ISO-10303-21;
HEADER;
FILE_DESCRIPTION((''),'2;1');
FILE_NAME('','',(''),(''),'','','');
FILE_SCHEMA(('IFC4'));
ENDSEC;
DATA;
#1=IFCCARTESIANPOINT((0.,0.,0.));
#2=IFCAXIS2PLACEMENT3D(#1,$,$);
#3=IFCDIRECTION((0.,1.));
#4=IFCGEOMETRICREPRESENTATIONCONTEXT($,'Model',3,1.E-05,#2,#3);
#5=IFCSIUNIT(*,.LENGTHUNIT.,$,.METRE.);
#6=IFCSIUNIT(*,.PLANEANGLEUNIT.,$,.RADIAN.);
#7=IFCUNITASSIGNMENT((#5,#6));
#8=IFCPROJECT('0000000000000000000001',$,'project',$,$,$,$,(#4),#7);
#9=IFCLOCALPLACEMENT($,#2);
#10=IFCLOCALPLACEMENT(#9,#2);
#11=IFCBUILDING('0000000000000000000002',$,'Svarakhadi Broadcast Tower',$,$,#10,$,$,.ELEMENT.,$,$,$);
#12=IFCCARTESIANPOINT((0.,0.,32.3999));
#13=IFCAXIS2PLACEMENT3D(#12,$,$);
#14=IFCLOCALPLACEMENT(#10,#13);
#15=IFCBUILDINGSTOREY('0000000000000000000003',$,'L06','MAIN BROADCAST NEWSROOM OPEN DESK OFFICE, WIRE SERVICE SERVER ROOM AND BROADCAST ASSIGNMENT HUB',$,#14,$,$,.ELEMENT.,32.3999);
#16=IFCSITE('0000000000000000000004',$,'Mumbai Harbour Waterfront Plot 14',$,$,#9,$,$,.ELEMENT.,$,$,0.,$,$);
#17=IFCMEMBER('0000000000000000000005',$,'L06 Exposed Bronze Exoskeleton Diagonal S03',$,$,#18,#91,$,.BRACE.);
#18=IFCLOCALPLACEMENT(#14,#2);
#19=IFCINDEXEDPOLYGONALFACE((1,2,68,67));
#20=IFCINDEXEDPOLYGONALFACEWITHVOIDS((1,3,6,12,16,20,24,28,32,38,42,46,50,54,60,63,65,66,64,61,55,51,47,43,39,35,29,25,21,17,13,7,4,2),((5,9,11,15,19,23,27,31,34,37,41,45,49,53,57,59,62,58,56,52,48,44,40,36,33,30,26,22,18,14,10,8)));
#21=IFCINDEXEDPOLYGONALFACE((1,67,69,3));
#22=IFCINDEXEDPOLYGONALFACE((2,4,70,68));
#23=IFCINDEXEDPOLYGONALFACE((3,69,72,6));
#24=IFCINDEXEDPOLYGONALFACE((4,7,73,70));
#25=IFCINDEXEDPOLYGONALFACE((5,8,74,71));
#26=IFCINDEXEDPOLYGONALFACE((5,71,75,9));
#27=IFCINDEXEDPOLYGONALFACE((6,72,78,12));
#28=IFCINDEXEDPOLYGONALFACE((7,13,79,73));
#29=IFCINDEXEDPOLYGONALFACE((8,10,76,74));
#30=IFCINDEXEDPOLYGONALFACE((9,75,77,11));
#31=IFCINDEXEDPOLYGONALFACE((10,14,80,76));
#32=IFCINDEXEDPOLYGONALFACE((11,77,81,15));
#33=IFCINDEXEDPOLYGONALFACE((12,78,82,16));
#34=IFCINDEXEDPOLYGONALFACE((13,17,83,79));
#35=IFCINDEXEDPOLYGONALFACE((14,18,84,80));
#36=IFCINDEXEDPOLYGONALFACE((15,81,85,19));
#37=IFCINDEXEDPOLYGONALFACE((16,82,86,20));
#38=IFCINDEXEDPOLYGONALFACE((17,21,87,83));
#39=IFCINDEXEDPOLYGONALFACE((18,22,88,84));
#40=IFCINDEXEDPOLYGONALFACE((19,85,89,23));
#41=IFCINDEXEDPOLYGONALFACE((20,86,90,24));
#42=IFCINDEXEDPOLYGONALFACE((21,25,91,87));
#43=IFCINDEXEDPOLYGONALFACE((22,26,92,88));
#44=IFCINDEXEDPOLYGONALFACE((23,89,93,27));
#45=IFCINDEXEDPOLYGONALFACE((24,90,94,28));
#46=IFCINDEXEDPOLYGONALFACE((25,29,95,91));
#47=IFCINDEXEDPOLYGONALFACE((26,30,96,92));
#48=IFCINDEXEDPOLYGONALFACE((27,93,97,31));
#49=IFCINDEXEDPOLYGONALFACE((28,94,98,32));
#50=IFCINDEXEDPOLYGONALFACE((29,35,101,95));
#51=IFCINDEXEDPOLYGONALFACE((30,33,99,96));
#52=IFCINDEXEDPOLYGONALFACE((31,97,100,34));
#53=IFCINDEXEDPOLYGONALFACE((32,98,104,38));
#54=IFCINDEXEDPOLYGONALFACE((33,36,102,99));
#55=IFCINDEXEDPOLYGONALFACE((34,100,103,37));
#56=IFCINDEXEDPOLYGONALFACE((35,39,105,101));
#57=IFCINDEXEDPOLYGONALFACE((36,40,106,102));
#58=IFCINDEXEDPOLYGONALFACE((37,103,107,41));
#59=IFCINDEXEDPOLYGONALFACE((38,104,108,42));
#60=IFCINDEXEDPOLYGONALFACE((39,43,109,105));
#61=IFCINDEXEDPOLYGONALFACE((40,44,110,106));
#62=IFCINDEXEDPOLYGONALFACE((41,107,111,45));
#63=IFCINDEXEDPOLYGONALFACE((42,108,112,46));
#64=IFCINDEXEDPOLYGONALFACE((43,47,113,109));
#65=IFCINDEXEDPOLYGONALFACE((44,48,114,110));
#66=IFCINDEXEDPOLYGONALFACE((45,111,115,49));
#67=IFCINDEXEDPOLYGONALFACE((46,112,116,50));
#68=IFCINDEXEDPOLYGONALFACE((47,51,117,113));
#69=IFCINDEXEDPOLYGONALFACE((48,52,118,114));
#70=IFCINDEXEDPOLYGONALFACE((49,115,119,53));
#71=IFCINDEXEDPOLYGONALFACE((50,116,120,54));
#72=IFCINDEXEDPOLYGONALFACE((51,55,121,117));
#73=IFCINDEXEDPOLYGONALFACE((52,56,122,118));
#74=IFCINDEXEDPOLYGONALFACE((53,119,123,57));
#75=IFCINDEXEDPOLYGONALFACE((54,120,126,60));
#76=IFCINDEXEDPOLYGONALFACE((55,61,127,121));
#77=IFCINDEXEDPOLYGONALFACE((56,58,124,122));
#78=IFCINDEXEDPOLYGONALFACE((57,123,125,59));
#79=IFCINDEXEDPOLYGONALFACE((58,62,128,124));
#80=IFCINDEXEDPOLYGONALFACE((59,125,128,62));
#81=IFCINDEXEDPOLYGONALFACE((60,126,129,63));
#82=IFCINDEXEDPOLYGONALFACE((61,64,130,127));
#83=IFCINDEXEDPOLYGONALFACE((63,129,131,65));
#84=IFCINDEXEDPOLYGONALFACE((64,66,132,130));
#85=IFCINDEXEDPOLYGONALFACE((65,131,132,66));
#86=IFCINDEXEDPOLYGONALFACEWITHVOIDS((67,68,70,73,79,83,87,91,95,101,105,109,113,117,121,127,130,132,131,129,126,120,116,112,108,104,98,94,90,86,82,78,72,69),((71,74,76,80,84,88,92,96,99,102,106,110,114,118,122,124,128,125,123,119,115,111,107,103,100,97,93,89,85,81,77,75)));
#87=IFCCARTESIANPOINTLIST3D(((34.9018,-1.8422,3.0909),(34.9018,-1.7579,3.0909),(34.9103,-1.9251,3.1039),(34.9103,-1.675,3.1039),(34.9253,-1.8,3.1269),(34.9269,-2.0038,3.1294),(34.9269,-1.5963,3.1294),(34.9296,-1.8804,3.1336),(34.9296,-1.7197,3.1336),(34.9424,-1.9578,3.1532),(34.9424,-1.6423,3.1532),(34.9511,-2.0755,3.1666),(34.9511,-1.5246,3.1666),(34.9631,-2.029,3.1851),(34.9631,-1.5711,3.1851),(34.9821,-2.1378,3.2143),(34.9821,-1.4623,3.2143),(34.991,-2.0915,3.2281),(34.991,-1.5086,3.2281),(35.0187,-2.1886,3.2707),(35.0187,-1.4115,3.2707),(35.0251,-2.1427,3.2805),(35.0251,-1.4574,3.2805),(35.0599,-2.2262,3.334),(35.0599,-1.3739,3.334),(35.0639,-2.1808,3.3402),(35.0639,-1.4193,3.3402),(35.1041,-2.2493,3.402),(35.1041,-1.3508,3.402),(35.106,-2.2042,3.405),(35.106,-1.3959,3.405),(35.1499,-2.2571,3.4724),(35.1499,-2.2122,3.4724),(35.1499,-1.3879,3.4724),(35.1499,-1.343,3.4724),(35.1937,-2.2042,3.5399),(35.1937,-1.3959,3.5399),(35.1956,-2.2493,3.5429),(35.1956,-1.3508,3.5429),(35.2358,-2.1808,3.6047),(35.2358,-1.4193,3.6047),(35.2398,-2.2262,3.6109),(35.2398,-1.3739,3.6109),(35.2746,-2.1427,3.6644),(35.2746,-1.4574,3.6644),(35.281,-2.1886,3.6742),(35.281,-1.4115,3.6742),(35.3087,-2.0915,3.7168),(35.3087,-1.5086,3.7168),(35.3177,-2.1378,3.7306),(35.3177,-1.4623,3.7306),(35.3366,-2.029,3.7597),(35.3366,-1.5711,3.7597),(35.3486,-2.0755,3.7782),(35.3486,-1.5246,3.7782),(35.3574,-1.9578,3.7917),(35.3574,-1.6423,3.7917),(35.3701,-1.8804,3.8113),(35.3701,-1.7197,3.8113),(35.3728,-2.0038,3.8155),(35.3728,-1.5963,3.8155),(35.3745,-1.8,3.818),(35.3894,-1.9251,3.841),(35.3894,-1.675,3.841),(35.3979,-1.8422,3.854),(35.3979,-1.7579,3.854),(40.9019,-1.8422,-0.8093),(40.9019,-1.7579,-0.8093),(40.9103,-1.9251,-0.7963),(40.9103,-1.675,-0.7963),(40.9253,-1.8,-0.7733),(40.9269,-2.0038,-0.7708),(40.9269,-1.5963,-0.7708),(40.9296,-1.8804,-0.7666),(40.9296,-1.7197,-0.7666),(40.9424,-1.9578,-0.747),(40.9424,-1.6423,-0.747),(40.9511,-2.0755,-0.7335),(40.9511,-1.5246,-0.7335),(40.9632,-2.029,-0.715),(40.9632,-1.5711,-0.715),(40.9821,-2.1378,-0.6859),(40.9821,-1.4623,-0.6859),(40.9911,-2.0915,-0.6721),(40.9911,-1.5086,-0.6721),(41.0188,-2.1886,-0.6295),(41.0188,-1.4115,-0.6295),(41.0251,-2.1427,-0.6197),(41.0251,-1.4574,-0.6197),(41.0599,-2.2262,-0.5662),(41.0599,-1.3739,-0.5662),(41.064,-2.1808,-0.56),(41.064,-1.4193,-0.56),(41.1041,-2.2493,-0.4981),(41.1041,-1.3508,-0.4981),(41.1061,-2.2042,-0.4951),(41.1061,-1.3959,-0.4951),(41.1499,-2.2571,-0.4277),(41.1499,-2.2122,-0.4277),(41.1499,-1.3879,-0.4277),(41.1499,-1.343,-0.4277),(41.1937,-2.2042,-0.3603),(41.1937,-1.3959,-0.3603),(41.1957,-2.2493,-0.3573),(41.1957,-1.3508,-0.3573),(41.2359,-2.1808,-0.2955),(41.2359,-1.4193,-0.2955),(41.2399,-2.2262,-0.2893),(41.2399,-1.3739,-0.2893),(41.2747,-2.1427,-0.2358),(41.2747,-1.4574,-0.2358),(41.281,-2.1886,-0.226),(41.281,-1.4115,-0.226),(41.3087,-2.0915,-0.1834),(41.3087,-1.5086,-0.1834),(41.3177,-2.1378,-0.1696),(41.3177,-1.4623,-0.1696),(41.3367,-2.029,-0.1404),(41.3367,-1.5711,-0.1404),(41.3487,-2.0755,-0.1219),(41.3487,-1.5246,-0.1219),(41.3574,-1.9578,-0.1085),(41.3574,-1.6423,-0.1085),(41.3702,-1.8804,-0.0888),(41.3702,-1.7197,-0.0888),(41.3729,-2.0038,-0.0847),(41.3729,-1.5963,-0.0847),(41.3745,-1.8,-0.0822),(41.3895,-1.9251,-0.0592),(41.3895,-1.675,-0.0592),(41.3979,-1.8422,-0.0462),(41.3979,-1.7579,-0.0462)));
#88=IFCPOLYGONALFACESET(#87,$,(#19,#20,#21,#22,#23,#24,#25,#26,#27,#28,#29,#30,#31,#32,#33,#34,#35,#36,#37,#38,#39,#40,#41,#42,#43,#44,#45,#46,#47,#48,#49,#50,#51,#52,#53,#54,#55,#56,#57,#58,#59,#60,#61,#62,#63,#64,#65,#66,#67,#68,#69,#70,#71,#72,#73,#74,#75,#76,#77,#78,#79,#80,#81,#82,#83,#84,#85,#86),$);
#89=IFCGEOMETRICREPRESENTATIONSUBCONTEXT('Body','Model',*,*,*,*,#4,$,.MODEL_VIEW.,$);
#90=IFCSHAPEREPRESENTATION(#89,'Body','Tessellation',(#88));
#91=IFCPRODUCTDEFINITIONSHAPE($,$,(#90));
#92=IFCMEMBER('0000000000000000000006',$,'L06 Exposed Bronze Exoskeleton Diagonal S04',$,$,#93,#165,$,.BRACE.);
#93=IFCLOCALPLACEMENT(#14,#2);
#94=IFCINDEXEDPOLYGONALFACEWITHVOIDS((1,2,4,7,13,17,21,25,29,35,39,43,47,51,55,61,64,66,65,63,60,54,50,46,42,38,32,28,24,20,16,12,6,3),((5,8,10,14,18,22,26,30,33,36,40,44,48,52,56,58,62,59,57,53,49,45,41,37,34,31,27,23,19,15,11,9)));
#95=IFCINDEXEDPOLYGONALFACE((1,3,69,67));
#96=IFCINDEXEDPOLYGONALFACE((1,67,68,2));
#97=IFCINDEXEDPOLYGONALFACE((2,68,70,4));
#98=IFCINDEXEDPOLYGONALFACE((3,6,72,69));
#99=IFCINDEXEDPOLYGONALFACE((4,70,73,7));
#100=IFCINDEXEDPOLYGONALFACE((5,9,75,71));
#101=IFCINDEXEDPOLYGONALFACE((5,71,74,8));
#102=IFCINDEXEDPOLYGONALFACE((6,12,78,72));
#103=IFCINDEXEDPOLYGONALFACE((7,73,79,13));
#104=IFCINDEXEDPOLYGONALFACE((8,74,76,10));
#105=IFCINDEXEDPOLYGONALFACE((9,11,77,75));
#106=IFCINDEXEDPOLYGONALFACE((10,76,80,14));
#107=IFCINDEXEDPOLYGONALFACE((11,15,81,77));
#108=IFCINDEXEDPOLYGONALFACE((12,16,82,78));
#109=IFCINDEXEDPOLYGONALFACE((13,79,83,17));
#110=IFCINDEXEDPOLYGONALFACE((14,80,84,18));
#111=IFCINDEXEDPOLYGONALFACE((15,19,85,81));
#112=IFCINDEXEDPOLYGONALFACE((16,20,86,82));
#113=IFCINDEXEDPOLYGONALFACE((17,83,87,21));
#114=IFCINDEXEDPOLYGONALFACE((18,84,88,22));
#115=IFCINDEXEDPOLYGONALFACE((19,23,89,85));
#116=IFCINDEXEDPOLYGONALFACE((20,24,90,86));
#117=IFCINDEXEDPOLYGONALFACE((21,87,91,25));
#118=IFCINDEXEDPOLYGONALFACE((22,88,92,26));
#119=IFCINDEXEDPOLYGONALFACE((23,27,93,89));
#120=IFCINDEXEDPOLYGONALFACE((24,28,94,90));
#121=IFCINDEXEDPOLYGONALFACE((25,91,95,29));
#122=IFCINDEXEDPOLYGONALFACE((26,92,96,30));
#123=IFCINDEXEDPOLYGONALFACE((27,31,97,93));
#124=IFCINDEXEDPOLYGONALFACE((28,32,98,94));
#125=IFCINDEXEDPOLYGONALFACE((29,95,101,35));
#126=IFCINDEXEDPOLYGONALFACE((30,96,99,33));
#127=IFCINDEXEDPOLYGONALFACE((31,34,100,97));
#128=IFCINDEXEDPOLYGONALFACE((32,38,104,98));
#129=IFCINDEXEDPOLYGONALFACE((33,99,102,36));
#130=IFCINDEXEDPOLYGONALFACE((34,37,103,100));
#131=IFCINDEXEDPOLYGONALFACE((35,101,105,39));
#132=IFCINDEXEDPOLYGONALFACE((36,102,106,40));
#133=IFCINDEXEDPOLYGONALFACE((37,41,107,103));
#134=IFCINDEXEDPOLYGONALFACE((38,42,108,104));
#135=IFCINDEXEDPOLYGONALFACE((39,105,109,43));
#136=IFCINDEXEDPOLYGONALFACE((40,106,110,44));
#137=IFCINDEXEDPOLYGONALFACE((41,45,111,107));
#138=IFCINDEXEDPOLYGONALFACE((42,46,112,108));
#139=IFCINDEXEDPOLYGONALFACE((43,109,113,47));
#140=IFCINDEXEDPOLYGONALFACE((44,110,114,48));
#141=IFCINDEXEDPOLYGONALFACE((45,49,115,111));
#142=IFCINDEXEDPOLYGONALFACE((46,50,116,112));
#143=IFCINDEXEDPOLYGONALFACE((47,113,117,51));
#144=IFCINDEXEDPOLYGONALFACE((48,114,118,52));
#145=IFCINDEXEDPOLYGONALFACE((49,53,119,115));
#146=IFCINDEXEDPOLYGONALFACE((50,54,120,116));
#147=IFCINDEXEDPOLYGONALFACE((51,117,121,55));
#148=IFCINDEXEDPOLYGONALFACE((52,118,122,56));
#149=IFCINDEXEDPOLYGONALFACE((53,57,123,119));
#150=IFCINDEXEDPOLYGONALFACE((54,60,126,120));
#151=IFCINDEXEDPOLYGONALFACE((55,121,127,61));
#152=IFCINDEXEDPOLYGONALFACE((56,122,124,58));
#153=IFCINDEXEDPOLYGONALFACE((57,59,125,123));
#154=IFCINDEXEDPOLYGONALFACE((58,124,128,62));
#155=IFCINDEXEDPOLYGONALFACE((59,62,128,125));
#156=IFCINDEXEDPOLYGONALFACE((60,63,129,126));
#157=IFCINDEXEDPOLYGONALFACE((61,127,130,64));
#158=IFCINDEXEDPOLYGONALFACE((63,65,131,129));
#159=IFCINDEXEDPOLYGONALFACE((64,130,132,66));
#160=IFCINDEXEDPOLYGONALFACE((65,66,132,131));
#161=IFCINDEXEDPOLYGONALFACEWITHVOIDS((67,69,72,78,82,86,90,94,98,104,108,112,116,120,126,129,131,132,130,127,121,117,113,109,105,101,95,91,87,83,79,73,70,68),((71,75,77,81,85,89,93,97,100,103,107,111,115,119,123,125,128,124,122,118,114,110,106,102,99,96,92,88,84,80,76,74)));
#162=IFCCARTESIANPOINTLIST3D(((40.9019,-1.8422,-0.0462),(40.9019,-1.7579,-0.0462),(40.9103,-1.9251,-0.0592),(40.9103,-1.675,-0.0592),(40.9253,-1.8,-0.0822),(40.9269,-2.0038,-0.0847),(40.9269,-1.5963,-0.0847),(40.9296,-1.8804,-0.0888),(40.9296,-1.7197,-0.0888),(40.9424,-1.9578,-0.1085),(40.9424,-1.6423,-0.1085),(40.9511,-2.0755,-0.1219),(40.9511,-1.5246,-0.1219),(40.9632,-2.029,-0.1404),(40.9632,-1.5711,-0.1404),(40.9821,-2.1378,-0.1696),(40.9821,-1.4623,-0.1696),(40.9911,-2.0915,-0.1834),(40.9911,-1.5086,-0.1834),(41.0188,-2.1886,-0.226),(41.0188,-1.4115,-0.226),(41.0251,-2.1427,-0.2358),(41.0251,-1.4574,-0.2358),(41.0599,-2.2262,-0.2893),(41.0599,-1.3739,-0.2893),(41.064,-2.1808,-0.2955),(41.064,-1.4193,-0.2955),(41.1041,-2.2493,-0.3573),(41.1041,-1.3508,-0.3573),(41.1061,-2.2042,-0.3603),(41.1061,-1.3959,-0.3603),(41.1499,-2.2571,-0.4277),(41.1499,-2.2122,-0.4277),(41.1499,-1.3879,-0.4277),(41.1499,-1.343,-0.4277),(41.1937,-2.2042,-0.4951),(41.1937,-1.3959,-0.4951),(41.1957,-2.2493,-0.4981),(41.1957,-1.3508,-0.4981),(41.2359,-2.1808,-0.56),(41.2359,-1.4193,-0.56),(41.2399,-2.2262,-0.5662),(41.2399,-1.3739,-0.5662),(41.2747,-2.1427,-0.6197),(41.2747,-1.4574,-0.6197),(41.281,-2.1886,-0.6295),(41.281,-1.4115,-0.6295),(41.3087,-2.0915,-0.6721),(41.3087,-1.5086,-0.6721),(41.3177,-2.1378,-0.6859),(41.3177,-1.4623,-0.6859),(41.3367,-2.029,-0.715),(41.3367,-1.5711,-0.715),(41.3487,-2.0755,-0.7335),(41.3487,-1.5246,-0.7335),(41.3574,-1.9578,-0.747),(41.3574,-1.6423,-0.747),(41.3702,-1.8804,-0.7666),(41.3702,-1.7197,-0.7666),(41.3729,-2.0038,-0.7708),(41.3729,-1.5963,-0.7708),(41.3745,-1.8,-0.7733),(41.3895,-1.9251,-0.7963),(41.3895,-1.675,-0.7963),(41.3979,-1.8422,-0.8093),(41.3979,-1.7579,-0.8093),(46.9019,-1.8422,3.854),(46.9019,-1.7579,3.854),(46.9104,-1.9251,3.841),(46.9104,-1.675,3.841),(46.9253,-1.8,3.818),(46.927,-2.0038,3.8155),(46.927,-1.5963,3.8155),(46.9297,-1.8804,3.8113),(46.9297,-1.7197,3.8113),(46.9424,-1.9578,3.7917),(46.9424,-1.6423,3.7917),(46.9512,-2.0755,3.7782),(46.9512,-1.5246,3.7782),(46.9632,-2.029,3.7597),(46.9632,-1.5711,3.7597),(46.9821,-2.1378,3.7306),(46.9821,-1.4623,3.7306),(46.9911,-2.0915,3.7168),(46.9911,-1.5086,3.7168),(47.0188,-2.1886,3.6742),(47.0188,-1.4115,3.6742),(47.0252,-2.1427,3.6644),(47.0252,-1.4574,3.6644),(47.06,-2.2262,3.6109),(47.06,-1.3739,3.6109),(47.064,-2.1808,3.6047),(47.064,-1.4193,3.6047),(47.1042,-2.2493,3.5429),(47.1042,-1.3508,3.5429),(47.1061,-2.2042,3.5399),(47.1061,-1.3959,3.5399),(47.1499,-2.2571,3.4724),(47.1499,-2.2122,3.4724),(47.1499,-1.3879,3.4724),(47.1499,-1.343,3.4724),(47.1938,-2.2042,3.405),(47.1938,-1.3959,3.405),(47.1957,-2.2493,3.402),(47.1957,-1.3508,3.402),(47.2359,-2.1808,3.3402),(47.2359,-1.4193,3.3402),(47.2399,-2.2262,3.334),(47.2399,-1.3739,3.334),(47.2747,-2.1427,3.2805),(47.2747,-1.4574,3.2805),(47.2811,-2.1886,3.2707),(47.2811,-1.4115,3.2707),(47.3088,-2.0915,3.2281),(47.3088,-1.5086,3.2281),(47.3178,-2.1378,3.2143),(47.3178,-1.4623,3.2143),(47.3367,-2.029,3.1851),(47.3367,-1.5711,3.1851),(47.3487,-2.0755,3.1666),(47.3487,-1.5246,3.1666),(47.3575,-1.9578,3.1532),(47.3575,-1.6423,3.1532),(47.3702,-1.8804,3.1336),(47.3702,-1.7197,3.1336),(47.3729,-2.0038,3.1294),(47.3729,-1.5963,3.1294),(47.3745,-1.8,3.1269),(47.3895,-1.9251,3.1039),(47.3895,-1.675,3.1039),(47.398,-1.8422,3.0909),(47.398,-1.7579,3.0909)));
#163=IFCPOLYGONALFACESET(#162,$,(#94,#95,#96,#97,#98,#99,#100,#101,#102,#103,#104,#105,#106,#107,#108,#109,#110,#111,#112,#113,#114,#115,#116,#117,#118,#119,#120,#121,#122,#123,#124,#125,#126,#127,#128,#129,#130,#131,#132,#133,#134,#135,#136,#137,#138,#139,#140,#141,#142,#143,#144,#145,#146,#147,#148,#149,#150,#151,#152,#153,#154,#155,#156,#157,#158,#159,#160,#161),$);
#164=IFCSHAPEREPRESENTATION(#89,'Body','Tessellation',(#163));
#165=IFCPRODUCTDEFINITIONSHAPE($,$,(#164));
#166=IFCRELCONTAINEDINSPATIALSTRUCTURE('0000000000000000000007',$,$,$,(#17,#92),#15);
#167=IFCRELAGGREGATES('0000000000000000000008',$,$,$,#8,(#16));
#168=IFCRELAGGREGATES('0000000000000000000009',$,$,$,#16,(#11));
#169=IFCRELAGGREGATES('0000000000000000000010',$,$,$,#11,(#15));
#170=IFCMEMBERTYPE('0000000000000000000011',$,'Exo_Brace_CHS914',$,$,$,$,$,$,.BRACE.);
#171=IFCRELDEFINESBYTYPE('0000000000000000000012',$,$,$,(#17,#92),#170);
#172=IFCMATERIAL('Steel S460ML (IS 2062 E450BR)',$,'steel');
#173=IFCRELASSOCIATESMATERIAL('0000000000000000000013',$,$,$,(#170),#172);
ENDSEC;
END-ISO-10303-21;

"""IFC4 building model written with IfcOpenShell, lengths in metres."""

from ifc_helpers import new_model, si_unit, direction, frame, origin, origin_2d, place, context, subcontext, project, spatial, hollow_circle, extrude, material, material_profile, profile_set, type_object, element, save


model = new_model("IFC4")

# Units and contexts
model_context = context("Model", 3, precision=1e-05, world=origin(), true_north=direction((0.0, 1.0)))
body_context = subcontext(model_context, "Body", "Model", "MODEL_VIEW")
ifc_project = project(units=[si_unit("LENGTHUNIT", "METRE"), si_unit("PLANEANGLEUNIT", "RADIAN")], contexts=[model_context])

# Site, building, storey
site_placement = place(None, origin())
site = spatial("IfcSite", under=ifc_project, at=site_placement, Name="Mumbai Harbour Waterfront Plot 14", CompositionType="ELEMENT", RefElevation=0.0)
building_placement = place(site_placement, origin())
building = spatial("IfcBuilding", under=site, at=building_placement, Name="Svarakhadi Broadcast Tower", CompositionType="ELEMENT")
storey_placement = place(building_placement, frame((0.0, 0.0, 32.3999)))
storey = spatial("IfcBuildingStorey", under=building, at=storey_placement, Name="L06", Description="MAIN BROADCAST NEWSROOM OPEN DESK OFFICE, WIRE SERVICE SERVER ROOM AND BROADCAST ASSIGNMENT HUB", CompositionType="ELEMENT", Elevation=32.3999)

# Shared definitions
ifc_material_1 = material(Name="Steel S460ML (IS 2062 E450BR)", Category="steel")

# Members
ifc_material_profile_1 = material_profile(ifc_material_1, hollow_circle(Radius=0.457, WallThickness=0.0449, at=origin_2d()), Name="CHS 914x45")
ifc_profile_set_1 = profile_set([ifc_material_profile_1], Name="Steel S460ML (IS 2062 E450BR)")
member_type_1 = type_object("IfcMemberType", Name="Exo_Brace_CHS914", PredefinedType="BRACE", material=ifc_profile_set_1)
for number, where, z_axis, x_axis, name in (
    (1, (41.1499, -1.8, -0.4277), (-0.838434, 0.0, 0.545003), (0.0, -1.0, 0.0), "L06 Exposed Bronze Exoskeleton Diagonal S03"),
    (2, (41.1499, -1.8, -0.4277), (0.838434, 0.0, 0.545003), (0.0, 1.0, 0.0), "L06 Exposed Bronze Exoskeleton Diagonal S04"),
):
    element("IfcMember", number, at=place(storey_placement, frame(where, z_axis=z_axis, x_axis=x_axis)), inside=storey, type_object=member_type_1, Name=name, PredefinedType="BRACE", context=body_context, shape_type="SweptSolid", body=[
        extrude(hollow_circle(Radius=0.457, WallThickness=0.0449, at=origin_2d()), origin(), (0.0, 0.0, 1.0), 7.1562),
    ])

save(model, "model.ifc")
